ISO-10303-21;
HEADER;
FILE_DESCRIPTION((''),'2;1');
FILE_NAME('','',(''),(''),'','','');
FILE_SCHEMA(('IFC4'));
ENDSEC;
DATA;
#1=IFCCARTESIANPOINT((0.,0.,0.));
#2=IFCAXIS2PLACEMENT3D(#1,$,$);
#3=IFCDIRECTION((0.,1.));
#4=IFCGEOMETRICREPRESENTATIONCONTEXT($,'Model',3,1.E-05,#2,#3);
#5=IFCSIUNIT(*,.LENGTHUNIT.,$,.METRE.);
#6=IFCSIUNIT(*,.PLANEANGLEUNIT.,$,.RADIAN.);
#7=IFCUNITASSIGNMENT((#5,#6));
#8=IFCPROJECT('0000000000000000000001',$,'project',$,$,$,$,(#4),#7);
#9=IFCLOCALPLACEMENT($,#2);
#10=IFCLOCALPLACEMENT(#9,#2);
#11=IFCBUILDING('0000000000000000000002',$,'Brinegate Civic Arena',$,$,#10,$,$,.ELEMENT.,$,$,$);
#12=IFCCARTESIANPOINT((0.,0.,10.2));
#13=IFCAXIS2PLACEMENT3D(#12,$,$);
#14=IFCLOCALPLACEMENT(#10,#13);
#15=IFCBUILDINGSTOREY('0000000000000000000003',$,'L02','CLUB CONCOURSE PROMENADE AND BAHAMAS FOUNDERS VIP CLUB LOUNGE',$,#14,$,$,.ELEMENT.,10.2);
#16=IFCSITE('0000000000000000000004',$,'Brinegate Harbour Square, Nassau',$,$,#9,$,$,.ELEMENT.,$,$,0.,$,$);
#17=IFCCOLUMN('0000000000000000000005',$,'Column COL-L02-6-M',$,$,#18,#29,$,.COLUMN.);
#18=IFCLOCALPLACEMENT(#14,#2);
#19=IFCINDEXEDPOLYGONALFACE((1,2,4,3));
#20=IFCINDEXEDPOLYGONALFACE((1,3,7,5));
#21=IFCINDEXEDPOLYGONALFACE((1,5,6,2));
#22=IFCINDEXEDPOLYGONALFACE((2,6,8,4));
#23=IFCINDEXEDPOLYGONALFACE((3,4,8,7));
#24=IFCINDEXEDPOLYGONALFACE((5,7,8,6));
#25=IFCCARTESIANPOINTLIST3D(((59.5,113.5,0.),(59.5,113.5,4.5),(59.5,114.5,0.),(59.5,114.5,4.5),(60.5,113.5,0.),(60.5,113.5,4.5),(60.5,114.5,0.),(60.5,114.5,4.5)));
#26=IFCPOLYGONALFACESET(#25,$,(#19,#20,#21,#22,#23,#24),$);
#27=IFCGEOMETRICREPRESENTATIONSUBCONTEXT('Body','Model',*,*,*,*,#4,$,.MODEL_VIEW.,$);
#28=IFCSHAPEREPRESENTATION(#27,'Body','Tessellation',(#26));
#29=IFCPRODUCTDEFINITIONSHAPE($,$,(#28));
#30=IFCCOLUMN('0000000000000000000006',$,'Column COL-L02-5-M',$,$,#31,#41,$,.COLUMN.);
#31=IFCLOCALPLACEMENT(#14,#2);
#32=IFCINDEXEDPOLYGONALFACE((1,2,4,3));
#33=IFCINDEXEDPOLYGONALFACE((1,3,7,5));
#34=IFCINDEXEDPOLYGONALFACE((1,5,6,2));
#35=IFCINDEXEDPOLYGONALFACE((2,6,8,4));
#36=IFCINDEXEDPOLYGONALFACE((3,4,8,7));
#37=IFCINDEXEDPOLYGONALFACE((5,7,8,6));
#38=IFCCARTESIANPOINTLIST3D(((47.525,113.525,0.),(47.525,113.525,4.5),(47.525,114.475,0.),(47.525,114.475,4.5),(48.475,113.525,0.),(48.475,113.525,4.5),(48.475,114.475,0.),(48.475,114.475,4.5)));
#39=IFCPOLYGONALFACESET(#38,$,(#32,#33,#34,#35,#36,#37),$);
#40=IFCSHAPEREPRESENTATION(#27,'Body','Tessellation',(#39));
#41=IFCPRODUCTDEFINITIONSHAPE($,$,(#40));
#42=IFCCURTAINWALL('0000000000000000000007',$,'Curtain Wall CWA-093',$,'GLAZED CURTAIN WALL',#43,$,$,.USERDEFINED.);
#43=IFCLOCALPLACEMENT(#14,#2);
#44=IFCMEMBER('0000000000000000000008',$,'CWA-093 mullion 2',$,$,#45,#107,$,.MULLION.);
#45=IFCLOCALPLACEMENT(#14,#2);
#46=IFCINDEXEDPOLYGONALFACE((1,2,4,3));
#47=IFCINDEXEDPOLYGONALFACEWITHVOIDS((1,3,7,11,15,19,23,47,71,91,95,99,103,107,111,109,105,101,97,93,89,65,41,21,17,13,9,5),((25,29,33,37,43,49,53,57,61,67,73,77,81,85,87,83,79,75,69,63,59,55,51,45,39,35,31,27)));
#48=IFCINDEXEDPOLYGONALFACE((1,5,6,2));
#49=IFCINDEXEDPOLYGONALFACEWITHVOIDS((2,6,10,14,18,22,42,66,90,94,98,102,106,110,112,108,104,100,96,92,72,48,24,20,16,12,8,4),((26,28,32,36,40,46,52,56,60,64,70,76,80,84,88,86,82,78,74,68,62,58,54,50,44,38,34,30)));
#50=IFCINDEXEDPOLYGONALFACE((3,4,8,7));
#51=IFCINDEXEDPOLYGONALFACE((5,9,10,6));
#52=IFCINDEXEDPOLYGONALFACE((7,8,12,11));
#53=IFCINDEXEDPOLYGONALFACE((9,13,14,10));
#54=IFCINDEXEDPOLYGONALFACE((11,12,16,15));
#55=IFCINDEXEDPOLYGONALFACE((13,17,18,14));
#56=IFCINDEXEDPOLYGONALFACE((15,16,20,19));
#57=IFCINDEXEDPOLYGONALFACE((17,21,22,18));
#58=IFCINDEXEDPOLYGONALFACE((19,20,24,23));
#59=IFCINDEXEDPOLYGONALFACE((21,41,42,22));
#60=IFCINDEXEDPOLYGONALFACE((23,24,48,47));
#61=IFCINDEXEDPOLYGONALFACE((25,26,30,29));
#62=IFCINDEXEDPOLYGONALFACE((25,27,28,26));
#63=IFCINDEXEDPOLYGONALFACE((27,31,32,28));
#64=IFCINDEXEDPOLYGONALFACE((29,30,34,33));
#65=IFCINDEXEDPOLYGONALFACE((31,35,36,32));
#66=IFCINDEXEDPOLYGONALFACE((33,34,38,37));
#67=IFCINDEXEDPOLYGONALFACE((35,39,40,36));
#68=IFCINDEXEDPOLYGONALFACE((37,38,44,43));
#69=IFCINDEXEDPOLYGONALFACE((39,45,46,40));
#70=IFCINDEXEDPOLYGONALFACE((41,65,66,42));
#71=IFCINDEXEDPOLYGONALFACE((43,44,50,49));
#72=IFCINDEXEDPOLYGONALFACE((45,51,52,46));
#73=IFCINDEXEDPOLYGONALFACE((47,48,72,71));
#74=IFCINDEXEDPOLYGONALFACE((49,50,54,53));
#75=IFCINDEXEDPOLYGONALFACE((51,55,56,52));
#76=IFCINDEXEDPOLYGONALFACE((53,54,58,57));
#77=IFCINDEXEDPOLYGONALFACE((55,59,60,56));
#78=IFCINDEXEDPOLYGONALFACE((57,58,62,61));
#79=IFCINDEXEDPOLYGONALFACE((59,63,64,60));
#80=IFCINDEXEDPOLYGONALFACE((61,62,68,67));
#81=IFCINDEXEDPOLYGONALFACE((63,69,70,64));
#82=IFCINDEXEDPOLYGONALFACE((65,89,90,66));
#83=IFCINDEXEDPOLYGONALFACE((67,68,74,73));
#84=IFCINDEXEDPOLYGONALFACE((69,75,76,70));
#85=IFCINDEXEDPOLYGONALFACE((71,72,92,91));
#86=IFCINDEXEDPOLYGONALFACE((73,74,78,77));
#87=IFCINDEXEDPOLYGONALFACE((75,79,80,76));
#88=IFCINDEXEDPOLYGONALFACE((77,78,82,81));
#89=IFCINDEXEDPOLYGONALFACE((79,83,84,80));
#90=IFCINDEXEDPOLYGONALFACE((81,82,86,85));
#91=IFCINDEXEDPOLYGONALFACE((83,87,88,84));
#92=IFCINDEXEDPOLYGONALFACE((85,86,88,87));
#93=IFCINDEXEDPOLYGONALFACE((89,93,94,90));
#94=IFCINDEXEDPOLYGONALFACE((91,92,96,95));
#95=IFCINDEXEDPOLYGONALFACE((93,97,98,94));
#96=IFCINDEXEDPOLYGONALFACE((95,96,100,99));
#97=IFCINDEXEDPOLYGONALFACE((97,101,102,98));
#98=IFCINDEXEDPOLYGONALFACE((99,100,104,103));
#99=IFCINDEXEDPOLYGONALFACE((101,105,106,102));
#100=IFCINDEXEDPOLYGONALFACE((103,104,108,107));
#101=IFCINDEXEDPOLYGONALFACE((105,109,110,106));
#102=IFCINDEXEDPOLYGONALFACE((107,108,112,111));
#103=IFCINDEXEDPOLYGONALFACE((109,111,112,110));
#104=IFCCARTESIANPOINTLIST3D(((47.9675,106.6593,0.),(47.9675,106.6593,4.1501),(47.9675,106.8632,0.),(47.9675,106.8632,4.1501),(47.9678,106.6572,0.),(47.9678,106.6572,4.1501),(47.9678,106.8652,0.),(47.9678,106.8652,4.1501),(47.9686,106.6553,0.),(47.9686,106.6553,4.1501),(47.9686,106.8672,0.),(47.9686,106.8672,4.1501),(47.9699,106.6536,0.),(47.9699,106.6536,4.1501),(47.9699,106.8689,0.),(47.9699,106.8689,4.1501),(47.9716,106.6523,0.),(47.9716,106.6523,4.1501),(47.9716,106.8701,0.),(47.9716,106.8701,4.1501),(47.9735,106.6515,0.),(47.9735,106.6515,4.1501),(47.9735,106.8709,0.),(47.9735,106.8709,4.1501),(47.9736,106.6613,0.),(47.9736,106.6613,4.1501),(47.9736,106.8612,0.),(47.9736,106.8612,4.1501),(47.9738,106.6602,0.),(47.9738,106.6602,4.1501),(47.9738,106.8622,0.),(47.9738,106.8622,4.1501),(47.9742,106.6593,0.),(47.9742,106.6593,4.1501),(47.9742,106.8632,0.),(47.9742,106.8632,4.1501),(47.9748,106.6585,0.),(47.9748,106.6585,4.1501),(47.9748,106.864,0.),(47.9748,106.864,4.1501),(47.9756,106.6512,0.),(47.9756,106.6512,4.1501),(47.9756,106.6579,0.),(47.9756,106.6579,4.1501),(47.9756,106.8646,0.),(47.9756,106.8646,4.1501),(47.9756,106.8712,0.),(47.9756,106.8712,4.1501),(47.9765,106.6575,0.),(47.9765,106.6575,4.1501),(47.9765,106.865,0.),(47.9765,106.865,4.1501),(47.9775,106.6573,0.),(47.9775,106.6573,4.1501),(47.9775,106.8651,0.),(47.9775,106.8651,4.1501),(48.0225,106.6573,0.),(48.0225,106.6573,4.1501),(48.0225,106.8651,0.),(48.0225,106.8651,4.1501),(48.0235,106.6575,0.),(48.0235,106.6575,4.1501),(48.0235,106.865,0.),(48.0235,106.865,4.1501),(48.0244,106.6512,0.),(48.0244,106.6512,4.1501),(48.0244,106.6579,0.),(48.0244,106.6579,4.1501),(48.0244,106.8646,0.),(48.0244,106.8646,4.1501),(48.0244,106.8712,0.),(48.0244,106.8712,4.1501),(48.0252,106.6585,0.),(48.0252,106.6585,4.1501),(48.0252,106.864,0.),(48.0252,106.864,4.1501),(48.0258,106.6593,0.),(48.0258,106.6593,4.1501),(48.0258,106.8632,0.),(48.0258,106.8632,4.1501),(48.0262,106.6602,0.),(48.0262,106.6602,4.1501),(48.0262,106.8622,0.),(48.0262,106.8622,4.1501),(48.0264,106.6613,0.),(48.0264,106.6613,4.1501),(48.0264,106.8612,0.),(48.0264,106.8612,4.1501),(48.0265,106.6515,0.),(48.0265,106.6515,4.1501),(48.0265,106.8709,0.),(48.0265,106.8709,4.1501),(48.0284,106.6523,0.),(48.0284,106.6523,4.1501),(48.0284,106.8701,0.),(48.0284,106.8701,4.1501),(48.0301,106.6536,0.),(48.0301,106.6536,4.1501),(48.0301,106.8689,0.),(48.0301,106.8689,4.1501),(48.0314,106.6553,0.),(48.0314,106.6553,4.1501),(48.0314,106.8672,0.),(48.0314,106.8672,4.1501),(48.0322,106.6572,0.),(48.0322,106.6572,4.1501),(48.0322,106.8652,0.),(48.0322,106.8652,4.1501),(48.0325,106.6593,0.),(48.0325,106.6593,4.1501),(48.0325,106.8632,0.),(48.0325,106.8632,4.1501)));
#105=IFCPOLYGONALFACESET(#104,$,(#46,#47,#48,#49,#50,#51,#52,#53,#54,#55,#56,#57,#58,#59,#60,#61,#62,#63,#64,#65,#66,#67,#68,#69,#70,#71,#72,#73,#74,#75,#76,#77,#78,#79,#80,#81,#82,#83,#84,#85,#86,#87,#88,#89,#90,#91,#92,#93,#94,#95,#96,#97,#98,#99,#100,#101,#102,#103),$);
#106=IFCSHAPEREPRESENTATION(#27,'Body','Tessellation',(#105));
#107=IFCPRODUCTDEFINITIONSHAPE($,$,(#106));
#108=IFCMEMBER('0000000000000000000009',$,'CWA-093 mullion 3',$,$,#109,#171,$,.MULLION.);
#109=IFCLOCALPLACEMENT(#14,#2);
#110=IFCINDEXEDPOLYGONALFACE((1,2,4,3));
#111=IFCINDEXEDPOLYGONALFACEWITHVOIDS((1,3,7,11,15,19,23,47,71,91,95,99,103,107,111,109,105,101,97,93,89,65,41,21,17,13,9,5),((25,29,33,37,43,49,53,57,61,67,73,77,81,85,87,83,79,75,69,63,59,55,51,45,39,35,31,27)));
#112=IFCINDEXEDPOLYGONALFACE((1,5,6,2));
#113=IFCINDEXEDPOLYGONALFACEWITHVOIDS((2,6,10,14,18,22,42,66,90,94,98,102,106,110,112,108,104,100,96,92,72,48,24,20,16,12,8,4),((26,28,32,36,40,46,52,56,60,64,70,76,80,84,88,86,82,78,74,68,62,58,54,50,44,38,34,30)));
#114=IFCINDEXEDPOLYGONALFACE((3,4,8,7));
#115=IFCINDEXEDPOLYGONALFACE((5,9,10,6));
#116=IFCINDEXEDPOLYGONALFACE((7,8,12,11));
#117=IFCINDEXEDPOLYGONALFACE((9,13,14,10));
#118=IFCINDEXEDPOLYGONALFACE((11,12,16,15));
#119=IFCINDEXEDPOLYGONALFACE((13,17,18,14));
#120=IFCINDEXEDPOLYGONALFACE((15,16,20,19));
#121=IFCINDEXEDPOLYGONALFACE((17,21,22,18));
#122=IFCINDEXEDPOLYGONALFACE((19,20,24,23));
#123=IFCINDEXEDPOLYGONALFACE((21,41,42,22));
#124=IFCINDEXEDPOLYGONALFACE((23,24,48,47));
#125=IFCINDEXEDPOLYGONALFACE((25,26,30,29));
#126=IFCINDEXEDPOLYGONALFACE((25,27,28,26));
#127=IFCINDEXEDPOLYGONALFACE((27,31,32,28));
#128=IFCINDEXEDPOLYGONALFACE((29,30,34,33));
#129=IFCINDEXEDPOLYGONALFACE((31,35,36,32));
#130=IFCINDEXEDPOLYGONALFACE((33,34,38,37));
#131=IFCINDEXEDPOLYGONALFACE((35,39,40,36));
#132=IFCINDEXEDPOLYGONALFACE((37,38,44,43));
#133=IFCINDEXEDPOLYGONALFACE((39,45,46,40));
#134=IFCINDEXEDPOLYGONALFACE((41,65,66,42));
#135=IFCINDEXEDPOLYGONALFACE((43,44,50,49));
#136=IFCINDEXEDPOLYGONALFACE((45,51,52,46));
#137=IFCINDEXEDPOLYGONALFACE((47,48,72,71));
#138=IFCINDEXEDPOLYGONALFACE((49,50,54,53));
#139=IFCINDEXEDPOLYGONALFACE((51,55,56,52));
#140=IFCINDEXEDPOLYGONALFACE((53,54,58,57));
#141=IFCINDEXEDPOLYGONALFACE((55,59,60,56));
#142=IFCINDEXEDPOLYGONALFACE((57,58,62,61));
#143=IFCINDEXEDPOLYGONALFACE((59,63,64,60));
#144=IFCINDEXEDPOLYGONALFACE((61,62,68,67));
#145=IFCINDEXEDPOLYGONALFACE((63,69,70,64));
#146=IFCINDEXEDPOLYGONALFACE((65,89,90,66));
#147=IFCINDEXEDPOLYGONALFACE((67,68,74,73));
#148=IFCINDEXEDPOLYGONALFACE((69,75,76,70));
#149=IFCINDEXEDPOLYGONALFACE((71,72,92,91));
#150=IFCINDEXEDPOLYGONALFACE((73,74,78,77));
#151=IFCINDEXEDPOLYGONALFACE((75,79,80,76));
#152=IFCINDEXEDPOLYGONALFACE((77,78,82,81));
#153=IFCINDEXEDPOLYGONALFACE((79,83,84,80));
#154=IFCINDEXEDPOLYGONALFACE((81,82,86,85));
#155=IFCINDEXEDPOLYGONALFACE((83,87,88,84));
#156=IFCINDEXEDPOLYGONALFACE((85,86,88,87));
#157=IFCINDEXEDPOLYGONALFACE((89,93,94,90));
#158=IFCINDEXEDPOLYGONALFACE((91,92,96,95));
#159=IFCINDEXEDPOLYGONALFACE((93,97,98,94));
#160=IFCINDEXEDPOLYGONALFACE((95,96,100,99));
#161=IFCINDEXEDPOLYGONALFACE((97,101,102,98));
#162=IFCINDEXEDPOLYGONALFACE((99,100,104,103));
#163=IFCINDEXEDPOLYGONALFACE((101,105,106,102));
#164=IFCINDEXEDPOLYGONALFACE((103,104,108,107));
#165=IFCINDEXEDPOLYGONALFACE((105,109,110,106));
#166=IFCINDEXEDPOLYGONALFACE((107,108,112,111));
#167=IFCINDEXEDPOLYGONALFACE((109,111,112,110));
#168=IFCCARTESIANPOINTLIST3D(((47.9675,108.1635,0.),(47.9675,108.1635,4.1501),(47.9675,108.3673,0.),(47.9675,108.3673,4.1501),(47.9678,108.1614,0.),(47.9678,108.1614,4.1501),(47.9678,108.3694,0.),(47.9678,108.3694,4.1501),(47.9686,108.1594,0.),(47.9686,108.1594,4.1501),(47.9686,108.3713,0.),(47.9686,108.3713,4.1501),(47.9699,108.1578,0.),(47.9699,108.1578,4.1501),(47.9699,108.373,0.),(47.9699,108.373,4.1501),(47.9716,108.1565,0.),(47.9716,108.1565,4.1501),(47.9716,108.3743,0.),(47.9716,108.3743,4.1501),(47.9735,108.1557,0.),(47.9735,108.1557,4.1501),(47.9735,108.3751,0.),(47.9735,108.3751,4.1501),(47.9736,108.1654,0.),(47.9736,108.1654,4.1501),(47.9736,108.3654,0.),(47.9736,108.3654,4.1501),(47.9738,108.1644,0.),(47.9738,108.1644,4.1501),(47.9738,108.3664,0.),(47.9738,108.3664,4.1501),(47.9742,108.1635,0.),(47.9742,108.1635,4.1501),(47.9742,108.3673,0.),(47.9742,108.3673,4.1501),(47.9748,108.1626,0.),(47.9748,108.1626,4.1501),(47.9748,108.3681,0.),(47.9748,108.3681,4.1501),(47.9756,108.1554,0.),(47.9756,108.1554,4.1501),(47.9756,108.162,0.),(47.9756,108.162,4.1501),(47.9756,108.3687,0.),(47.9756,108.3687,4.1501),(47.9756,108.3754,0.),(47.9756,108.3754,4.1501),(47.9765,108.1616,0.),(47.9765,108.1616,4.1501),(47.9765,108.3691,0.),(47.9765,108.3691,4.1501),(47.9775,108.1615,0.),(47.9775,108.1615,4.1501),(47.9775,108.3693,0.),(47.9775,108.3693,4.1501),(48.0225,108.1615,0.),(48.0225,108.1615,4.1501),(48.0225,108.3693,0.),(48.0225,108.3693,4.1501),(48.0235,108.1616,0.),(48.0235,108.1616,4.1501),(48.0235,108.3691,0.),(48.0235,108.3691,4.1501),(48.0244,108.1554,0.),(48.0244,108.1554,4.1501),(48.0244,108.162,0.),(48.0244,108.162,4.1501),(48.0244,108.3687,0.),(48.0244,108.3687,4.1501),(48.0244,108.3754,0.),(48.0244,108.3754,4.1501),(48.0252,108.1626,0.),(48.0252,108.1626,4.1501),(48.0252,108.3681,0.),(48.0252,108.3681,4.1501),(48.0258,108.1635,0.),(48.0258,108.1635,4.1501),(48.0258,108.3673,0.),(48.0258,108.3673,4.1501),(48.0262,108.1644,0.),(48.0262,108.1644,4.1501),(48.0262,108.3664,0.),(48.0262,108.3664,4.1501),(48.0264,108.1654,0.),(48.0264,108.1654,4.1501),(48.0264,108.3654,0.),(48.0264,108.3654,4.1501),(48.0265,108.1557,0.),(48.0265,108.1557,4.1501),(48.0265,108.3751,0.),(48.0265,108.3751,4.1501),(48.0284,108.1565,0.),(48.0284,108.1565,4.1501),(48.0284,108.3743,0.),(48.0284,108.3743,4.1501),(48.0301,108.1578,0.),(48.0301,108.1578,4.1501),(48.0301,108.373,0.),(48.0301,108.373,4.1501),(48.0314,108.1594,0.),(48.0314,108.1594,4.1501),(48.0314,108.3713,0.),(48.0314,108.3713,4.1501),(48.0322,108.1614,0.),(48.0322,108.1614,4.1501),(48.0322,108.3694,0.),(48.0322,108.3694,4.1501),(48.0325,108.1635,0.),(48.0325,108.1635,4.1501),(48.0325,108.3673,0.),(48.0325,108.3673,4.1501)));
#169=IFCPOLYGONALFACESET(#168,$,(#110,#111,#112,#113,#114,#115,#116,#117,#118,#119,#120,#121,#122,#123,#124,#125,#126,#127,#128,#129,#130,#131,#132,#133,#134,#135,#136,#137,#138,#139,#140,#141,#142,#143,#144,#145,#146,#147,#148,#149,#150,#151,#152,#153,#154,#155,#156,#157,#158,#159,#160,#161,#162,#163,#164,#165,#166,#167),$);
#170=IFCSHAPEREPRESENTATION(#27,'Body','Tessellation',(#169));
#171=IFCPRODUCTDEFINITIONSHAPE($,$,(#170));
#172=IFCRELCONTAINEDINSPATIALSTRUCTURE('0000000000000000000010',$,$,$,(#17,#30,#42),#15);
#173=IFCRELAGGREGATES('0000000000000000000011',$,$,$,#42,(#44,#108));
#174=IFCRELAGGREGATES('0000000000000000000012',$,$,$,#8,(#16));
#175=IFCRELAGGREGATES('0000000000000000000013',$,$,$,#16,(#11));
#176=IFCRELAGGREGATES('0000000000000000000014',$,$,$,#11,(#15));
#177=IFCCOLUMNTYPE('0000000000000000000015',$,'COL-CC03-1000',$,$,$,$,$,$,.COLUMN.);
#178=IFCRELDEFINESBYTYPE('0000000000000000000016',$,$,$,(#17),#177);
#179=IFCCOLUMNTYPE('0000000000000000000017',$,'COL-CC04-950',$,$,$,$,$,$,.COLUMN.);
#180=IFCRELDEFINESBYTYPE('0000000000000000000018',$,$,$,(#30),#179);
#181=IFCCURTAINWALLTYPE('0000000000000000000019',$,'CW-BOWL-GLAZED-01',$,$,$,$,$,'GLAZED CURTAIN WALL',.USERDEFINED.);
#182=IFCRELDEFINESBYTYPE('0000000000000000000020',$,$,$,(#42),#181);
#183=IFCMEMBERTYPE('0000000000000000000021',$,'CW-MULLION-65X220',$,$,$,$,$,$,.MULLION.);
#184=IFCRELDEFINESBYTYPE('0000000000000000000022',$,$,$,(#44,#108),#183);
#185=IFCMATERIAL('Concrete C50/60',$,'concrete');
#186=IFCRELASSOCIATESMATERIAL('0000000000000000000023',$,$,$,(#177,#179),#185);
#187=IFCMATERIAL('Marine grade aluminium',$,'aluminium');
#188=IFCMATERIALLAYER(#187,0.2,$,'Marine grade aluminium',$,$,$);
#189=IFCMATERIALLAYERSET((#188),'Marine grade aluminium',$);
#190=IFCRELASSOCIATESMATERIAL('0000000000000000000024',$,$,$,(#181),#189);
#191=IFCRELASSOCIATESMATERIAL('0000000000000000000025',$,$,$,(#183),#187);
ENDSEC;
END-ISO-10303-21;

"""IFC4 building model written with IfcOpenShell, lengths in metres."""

from ifc_helpers import new_model, si_unit, direction, frame, origin, origin_2d, place, context, subcontext, project, spatial, rectangle, hollow_rectangle, extrude, material, layer, layer_set, material_profile, profile_set, type_object, element, aggregate, save


model = new_model("IFC4")

# Units and contexts
model_context = context("Model", 3, precision=1e-05, world=origin(), true_north=direction((0.0, 1.0)))
body_context = subcontext(model_context, "Body", "Model", "MODEL_VIEW")
ifc_project = project(units=[si_unit("LENGTHUNIT", "METRE"), si_unit("PLANEANGLEUNIT", "RADIAN")], contexts=[model_context])

# Site, building, storey
site_placement = place(None, origin())
site = spatial("IfcSite", under=ifc_project, at=site_placement, Name="Brinegate Harbour Square, Nassau", CompositionType="ELEMENT", RefElevation=0.0)
building_placement = place(site_placement, origin())
building = spatial("IfcBuilding", under=site, at=building_placement, Name="Brinegate Civic Arena", CompositionType="ELEMENT")
storey_placement = place(building_placement, frame((0.0, 0.0, 10.2)))
storey = spatial("IfcBuildingStorey", under=building, at=storey_placement, Name="L02", Description="CLUB CONCOURSE PROMENADE AND BAHAMAS FOUNDERS VIP CLUB LOUNGE", CompositionType="ELEMENT", Elevation=10.2)

# Columns
ifc_material_1 = material(Name="Concrete C50/60", Category="concrete")
ifc_material_profile_1 = material_profile(ifc_material_1, rectangle(XDim=1.0, YDim=1.0, at=origin_2d()), Name="RC1000X1000")
ifc_profile_set_1 = profile_set([ifc_material_profile_1], Name="Concrete C50/60")
column_type_1 = type_object("IfcColumnType", Name="COL-CC03-1000", PredefinedType="COLUMN", material=ifc_profile_set_1)
column_1_placement = place(storey_placement, frame((60.0, 114.0, 0.0), z_axis=(0.0, 0.0, 1.0), x_axis=(1.0, 0.0, 0.0)))
element("IfcColumn", 1, at=column_1_placement, inside=storey, type_object=column_type_1, Name="Column COL-L02-6-M", PredefinedType="COLUMN", context=body_context, shape_type="SweptSolid", body=[
    extrude(rectangle(XDim=1.0, YDim=1.0, at=origin_2d()), origin(), (0.0, 0.0, 1.0), 4.5),
])
ifc_material_profile_2 = material_profile(ifc_material_1, rectangle(XDim=0.95, YDim=0.95, at=origin_2d()), Name="RC950X950")
ifc_profile_set_2 = profile_set([ifc_material_profile_2], Name="Concrete C50/60")
column_type_2 = type_object("IfcColumnType", Name="COL-CC04-950", PredefinedType="COLUMN", material=ifc_profile_set_2)
column_2_placement = place(storey_placement, frame((48.0, 114.0, 0.0), z_axis=(0.0, 0.0, 1.0), x_axis=(1.0, 0.0, 0.0)))
element("IfcColumn", 2, at=column_2_placement, inside=storey, type_object=column_type_2, Name="Column COL-L02-5-M", PredefinedType="COLUMN", context=body_context, shape_type="SweptSolid", body=[
    extrude(rectangle(XDim=0.95, YDim=0.95, at=origin_2d()), origin(), (0.0, 0.0, 1.0), 4.5),
])

# Curtain wall, members
ifc_material_2 = material(Name="Marine grade aluminium", Category="aluminium")
ifc_layer_1 = layer(ifc_material_2, 0.2, Name="Marine grade aluminium")
ifc_layer_set_1 = layer_set([ifc_layer_1], Name="Marine grade aluminium")
curtain_wall_type = type_object("IfcCurtainWallType", Name="CW-BOWL-GLAZED-01", ElementType="GLAZED CURTAIN WALL", PredefinedType="USERDEFINED", material=ifc_layer_set_1)
curtain_wall_placement = place(storey_placement, origin())
curtain_wall = element("IfcCurtainWall", 3, at=curtain_wall_placement, inside=storey, type_object=curtain_wall_type, Name="Curtain Wall CWA-093", ObjectType="GLAZED CURTAIN WALL", PredefinedType="USERDEFINED")
ifc_material_profile_3 = material_profile(ifc_material_2, hollow_rectangle(XDim=0.0649, YDim=0.22, WallThickness=0.0061, InnerFilletRadius=0.0039, OuterFilletRadius=0.0081, at=origin_2d()), Name="MUL65X220")
ifc_profile_set_3 = profile_set([ifc_material_profile_3], Name="Marine grade aluminium")
member_type_1 = type_object("IfcMemberType", Name="CW-MULLION-65X220", PredefinedType="MULLION", material=ifc_profile_set_3)
member_1_placement = place(storey_placement, frame((48.0, 106.7612, 0.0), z_axis=(0.0, 0.0, 1.0), x_axis=(-1.0, 0.0, 0.0)))
member_1 = element("IfcMember", 4, at=member_1_placement, type_object=member_type_1, Name="CWA-093 mullion 2", PredefinedType="MULLION", context=body_context, shape_type="SweptSolid", body=[
    extrude(hollow_rectangle(XDim=0.0649, YDim=0.22, WallThickness=0.0061, InnerFilletRadius=0.0039, OuterFilletRadius=0.0081, at=origin_2d()), origin(), (0.0, 0.0, 1.0), 4.1501),
])
member_2_placement = place(storey_placement, frame((48.0, 108.2654, 0.0), z_axis=(0.0, 0.0, 1.0), x_axis=(-1.0, 0.0, 0.0)))
member_2 = element("IfcMember", 5, at=member_2_placement, type_object=member_type_1, Name="CWA-093 mullion 3", PredefinedType="MULLION", context=body_context, shape_type="SweptSolid", body=[
    extrude(hollow_rectangle(XDim=0.0649, YDim=0.22, WallThickness=0.0061, InnerFilletRadius=0.0039, OuterFilletRadius=0.0081, at=origin_2d()), origin(), (0.0, 0.0, 1.0), 4.1501),
])

aggregate(curtain_wall, [member_1, member_2])

save(model, "model.ifc")
